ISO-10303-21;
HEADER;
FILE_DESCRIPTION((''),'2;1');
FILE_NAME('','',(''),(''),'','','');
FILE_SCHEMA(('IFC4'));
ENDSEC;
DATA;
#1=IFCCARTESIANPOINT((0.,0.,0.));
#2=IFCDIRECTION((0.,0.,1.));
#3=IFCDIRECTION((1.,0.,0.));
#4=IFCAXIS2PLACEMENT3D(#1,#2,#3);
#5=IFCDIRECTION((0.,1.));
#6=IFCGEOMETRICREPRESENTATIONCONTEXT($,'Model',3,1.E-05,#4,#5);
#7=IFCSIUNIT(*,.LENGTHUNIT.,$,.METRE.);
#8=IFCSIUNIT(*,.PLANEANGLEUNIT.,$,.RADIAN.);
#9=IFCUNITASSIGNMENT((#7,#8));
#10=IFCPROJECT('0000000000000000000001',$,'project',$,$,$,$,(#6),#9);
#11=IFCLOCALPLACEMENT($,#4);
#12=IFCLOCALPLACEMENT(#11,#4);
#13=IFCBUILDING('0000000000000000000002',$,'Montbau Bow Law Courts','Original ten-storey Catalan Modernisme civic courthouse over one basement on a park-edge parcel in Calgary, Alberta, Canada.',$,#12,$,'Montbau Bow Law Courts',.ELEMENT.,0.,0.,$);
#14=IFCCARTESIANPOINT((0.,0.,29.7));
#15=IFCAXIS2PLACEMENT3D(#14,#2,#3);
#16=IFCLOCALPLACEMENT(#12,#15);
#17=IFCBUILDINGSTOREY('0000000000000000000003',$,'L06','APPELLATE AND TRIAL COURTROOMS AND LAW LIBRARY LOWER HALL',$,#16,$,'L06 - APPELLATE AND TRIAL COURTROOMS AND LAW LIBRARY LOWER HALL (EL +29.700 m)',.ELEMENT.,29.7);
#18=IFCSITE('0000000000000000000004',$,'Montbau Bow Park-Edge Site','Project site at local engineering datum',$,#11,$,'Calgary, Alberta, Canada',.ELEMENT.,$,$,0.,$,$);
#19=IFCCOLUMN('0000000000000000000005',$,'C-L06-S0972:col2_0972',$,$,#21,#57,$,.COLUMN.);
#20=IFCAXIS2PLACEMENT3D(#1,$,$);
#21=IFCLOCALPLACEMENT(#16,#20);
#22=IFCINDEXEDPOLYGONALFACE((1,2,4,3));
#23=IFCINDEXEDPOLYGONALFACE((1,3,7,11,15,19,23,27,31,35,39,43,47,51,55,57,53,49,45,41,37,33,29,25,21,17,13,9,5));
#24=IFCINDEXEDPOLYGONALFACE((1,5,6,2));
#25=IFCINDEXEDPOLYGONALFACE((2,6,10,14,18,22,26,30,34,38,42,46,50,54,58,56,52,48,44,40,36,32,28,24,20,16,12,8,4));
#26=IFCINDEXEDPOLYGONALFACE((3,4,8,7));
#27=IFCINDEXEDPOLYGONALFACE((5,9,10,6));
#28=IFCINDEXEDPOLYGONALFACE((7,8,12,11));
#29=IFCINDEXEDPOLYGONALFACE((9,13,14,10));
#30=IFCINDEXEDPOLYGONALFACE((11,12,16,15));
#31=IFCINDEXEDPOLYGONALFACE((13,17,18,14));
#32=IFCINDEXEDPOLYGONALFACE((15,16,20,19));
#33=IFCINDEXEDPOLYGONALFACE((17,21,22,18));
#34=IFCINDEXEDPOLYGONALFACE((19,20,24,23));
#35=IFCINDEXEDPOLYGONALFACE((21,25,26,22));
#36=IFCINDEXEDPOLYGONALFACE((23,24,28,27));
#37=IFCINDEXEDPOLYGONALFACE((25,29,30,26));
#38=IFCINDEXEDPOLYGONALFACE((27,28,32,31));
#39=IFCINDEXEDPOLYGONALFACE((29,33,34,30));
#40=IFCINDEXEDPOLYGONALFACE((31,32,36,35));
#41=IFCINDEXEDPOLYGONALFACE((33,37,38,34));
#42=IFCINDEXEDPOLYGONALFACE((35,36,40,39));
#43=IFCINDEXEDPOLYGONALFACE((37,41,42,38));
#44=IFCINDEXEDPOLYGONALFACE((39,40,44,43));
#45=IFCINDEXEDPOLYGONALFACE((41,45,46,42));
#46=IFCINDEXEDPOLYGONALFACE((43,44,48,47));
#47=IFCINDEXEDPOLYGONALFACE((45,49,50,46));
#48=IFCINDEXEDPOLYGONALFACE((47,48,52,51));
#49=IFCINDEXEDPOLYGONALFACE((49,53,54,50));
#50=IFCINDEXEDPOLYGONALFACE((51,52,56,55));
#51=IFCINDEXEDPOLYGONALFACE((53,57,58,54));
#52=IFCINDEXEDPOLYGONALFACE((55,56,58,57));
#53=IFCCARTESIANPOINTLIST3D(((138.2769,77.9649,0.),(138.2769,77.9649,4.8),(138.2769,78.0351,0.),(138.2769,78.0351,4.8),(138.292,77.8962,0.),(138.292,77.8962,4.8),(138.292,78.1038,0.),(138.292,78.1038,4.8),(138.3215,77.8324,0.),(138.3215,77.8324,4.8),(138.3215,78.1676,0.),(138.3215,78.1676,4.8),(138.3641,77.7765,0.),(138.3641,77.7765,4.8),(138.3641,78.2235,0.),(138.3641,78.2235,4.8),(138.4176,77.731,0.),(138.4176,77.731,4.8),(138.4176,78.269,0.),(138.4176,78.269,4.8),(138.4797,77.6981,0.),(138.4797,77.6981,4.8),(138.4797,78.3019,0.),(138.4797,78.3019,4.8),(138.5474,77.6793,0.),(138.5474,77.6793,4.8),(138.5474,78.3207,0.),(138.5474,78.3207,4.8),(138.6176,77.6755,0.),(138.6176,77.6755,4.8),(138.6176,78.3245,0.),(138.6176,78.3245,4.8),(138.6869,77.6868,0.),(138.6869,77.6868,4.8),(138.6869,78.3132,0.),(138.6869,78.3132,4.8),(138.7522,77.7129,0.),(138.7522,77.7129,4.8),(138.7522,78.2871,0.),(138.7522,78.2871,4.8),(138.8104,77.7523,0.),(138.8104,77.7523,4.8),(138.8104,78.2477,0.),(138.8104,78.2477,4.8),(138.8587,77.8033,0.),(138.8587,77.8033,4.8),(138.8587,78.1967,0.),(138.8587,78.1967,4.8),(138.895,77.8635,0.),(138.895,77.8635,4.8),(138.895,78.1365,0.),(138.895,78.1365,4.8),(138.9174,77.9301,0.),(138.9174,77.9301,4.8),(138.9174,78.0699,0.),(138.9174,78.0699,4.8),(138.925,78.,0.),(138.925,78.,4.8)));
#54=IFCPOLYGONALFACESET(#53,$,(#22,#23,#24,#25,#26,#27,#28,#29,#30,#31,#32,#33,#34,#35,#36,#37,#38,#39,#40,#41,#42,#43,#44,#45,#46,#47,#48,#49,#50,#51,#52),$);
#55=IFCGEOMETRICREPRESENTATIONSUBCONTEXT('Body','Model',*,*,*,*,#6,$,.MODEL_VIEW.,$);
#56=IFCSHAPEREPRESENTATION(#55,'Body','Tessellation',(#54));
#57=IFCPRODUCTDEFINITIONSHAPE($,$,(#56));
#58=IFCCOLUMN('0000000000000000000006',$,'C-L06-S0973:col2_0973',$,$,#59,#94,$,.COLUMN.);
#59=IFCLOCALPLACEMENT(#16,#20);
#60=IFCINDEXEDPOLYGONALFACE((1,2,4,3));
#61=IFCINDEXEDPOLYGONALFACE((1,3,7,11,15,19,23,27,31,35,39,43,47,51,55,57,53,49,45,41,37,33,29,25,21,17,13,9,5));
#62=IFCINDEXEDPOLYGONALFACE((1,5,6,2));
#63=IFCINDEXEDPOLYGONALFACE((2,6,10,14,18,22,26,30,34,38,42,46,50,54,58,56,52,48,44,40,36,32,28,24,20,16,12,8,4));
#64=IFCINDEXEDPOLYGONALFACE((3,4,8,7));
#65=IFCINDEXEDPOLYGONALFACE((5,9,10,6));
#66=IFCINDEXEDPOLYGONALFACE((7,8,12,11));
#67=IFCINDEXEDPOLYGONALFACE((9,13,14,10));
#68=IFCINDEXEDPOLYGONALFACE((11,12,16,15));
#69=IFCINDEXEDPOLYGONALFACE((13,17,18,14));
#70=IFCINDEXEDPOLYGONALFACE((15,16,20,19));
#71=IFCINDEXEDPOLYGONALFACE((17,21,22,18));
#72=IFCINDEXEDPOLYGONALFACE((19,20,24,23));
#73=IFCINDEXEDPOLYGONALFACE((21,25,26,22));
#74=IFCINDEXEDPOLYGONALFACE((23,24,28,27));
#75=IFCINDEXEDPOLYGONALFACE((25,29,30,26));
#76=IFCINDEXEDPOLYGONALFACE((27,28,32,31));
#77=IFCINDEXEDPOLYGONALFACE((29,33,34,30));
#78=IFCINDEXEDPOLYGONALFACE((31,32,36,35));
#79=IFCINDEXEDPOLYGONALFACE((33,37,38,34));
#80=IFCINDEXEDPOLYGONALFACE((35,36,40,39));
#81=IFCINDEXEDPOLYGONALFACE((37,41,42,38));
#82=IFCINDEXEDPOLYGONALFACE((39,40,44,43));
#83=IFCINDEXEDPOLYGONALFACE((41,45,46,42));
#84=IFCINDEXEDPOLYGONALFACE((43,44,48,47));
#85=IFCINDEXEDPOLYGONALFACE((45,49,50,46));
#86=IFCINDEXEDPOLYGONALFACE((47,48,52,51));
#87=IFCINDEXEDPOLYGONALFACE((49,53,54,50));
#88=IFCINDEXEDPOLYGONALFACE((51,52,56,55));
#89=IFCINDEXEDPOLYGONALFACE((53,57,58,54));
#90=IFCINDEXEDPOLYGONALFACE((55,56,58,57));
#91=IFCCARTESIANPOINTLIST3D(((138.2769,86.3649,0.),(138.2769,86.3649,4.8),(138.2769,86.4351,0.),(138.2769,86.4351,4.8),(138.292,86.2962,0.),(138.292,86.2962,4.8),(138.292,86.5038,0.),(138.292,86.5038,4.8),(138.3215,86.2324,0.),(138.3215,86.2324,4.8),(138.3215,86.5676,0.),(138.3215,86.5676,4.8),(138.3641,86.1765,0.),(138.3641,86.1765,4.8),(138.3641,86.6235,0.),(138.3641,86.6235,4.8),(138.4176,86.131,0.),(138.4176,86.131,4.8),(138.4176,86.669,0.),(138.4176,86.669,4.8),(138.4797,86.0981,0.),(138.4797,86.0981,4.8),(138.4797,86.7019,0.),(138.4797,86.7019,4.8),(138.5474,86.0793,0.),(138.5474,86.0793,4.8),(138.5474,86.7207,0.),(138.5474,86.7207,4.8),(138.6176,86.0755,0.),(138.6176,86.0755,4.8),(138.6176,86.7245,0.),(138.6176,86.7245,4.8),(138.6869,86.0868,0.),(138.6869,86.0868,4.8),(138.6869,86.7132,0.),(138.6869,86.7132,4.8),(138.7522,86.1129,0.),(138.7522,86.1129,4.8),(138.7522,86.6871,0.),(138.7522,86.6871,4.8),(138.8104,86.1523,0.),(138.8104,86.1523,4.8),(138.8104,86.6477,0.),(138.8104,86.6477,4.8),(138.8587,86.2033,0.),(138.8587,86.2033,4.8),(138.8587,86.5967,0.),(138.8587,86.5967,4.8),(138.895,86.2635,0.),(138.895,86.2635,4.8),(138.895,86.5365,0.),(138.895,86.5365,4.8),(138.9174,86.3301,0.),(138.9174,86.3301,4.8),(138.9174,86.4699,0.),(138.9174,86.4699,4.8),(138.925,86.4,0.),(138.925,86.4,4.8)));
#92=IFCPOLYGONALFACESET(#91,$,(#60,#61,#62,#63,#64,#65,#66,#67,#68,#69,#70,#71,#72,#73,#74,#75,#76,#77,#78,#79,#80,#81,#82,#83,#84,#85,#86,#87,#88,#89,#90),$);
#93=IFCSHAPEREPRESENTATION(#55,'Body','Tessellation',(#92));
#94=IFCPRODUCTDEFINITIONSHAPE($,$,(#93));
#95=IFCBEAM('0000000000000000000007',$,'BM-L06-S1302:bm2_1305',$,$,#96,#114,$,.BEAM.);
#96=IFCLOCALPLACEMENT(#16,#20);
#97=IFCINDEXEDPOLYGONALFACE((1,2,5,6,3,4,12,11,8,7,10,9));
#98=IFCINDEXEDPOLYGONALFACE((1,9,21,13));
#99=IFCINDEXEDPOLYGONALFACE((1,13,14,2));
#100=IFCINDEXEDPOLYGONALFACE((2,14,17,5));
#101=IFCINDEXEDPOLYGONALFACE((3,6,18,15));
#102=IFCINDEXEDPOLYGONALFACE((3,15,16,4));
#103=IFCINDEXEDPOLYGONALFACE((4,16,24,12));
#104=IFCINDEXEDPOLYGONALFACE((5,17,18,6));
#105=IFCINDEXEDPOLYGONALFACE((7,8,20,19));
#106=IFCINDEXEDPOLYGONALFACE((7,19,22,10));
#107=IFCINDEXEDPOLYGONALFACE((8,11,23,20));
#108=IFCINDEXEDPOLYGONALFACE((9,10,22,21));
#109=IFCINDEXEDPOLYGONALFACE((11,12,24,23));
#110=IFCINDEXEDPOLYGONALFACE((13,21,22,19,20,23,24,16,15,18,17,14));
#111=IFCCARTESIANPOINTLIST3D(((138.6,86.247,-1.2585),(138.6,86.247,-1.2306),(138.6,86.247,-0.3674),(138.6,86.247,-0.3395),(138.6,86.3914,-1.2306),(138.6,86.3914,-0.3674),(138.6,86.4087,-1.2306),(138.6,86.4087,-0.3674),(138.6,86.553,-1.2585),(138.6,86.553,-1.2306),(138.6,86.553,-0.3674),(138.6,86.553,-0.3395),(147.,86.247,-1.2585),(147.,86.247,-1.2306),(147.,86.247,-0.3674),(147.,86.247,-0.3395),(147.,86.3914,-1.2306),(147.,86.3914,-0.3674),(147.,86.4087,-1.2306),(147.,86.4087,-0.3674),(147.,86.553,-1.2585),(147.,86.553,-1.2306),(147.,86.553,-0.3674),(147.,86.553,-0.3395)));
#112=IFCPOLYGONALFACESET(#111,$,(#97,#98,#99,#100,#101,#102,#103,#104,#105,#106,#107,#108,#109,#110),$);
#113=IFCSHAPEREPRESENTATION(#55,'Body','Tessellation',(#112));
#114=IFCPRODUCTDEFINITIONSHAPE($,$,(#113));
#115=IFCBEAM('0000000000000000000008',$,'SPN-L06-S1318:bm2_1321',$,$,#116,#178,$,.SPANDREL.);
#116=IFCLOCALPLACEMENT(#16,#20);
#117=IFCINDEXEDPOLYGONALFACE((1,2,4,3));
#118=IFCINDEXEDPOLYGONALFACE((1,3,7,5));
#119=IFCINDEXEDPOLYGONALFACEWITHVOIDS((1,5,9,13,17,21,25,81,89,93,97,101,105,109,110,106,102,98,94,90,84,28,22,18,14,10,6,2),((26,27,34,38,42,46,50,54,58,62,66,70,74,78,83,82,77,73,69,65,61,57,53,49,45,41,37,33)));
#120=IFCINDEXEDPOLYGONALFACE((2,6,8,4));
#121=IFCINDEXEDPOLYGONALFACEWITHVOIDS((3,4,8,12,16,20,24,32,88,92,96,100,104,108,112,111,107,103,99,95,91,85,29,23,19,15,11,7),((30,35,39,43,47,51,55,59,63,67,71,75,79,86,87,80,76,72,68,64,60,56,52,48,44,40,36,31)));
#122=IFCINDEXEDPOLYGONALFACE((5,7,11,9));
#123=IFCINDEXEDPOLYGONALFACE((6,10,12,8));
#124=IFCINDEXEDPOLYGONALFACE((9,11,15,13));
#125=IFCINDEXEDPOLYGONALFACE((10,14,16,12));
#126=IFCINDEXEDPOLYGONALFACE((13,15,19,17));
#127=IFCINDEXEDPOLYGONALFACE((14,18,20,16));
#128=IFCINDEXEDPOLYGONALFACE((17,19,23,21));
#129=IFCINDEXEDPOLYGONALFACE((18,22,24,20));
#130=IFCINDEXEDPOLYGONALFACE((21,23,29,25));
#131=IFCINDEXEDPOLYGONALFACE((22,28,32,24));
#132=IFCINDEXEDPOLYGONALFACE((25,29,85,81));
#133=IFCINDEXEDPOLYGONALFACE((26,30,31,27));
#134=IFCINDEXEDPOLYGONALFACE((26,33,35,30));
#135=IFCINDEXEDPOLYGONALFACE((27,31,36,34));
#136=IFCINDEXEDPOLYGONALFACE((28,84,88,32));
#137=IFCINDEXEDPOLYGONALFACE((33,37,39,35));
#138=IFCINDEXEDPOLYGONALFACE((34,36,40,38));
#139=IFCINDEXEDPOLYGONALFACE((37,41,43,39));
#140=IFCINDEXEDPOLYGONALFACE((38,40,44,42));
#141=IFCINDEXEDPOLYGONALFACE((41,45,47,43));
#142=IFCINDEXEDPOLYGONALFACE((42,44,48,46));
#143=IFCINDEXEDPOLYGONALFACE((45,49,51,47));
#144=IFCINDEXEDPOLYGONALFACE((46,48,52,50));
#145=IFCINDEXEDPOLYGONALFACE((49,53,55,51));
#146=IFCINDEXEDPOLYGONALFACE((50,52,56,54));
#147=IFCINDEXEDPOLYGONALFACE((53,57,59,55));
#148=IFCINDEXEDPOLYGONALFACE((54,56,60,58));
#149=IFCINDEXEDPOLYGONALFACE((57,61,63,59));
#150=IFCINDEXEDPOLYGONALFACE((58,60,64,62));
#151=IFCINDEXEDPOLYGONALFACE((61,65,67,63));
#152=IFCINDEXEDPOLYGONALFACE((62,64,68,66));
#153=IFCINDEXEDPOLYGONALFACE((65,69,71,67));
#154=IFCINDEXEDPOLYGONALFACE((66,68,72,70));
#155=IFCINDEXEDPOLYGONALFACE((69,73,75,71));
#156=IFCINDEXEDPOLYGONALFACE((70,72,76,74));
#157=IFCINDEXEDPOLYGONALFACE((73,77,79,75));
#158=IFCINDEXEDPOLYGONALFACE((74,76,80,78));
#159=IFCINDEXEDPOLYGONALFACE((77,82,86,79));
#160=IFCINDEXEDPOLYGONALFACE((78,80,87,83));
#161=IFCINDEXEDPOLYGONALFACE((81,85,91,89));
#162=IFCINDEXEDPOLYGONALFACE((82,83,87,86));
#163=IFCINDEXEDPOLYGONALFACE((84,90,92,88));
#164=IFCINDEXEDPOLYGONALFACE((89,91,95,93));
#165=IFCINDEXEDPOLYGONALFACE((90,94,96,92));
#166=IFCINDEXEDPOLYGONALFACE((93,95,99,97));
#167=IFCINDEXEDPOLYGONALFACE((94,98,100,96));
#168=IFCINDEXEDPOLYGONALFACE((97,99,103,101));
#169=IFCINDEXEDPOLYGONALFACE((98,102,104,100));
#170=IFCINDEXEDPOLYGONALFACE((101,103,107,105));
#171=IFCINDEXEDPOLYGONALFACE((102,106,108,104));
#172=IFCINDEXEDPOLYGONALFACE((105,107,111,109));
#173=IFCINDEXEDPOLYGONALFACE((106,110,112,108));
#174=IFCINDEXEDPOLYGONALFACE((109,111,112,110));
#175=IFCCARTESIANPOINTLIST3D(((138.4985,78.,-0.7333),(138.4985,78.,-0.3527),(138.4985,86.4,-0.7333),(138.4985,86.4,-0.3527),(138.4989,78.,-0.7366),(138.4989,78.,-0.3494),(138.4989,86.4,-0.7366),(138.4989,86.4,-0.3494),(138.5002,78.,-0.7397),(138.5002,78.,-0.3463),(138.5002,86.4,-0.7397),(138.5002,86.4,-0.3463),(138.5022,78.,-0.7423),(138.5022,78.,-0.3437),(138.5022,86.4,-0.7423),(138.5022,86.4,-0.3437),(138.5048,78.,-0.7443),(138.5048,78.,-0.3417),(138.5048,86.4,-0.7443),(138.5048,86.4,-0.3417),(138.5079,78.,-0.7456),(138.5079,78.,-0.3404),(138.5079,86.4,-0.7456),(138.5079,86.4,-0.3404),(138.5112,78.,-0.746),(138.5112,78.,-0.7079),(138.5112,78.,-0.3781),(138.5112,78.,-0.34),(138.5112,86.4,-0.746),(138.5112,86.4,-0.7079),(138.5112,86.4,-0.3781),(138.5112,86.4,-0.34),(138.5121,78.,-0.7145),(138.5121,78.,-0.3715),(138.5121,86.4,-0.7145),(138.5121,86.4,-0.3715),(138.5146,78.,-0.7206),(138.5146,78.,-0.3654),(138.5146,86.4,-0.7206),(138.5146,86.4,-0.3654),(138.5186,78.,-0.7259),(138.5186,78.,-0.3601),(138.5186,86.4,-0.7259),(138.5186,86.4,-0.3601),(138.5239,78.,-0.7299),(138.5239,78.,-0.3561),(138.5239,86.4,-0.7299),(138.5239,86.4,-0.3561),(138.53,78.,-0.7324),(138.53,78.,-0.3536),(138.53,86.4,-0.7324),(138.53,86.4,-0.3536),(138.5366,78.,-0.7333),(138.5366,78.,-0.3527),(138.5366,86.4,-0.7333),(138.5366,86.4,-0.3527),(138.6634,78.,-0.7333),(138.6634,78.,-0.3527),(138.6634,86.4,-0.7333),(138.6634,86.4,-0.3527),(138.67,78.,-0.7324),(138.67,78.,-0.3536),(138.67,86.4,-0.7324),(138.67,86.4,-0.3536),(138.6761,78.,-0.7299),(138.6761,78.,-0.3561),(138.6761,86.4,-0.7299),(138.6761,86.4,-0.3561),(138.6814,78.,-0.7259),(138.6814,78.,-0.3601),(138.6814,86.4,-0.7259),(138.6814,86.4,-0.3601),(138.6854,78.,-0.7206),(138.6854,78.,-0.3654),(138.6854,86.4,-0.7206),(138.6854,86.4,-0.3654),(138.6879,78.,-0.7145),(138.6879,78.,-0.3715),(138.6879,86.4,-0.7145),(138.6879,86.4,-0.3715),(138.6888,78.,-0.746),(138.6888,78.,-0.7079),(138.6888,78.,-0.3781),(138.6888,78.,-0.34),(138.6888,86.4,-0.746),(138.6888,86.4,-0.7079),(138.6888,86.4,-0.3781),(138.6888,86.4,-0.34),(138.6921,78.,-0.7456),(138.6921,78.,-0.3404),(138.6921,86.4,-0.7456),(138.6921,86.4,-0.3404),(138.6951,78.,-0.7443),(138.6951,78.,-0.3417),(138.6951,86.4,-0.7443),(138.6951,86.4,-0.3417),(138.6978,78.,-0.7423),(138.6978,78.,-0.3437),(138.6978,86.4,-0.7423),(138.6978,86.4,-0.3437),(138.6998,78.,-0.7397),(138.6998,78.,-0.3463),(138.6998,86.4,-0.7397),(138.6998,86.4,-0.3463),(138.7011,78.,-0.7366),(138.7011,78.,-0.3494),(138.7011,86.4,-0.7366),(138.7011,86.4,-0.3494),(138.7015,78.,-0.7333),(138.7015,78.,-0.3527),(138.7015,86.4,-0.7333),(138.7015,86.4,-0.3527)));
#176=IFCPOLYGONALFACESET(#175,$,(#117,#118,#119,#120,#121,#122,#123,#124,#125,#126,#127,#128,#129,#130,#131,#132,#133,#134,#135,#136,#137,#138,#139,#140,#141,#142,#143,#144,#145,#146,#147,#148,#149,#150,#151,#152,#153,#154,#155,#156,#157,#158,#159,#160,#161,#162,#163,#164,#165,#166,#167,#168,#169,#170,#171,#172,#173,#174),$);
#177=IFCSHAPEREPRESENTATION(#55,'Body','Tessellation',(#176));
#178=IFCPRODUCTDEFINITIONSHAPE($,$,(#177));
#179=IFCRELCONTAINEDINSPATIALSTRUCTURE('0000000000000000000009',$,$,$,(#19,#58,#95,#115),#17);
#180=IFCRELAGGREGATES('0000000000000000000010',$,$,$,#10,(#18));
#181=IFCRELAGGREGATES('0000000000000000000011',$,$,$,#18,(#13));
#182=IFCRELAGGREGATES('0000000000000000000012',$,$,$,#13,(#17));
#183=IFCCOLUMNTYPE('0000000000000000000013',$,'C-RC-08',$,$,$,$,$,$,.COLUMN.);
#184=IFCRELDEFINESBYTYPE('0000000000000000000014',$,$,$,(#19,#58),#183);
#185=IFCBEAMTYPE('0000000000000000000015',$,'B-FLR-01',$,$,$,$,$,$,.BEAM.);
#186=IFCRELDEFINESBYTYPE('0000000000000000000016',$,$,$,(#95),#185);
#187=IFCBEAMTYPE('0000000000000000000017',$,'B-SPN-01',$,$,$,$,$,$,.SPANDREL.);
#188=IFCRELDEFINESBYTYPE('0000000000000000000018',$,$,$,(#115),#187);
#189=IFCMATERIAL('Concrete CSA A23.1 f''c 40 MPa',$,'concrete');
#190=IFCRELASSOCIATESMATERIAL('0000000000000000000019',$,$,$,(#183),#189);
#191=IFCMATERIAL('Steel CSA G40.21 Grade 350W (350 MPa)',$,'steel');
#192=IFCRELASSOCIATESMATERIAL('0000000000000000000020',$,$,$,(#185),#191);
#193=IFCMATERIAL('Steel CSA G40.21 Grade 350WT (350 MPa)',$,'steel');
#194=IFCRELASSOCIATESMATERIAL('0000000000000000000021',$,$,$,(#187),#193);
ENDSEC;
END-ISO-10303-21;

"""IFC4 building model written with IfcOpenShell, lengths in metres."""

from ifc_helpers import new_model, si_unit, direction, frame, origin_with_axes, origin_2d_with_axis, place, context, subcontext, project, spatial, hollow_rectangle, circle, i_section, extrude, material, material_profile, profile_set, type_object, element, save


model = new_model("IFC4")

# Units and contexts
model_context = context("Model", 3, precision=1e-05, world=origin_with_axes(), true_north=direction((0.0, 1.0)))
body_context = subcontext(model_context, "Body", "Model", "MODEL_VIEW")
ifc_project = project(units=[si_unit("LENGTHUNIT", "METRE"), si_unit("PLANEANGLEUNIT", "RADIAN")], contexts=[model_context])

# Site, building, storey
site_placement = place(None, origin_with_axes())
site = spatial("IfcSite", under=ifc_project, at=site_placement, Name="Montbau Bow Park-Edge Site", Description="Project site at local engineering datum", LongName="Calgary, Alberta, Canada", CompositionType="ELEMENT", RefElevation=0.0)
building_placement = place(site_placement, origin_with_axes())
building = spatial("IfcBuilding", under=site, at=building_placement, Name="Montbau Bow Law Courts", Description="Original ten-storey Catalan Modernisme civic courthouse over one basement on a park-edge parcel in Calgary, Alberta, Canada.", LongName="Montbau Bow Law Courts", CompositionType="ELEMENT", ElevationOfRefHeight=0.0, ElevationOfTerrain=0.0)
storey_placement = place(building_placement, frame((0.0, 0.0, 29.7), z_axis=(0.0, 0.0, 1.0), x_axis=(1.0, 0.0, 0.0)))
storey = spatial("IfcBuildingStorey", under=building, at=storey_placement, Name="L06", Description="APPELLATE AND TRIAL COURTROOMS AND LAW LIBRARY LOWER HALL", LongName="L06 - APPELLATE AND TRIAL COURTROOMS AND LAW LIBRARY LOWER HALL (EL +29.700 m)", CompositionType="ELEMENT", Elevation=29.7)

# Columns
ifc_material_1 = material(Name="Concrete CSA A23.1 f'c 40 MPa", Category="concrete")
ifc_material_profile_1 = material_profile(ifc_material_1, circle(Radius=0.325, at=origin_2d_with_axis()), Name="RC650D", Category="Main", Priority=0)
ifc_profile_set_1 = profile_set([ifc_material_profile_1], Name="Concrete CSA A23.1 f'c 40 MPa")
column_type = type_object("IfcColumnType", Name="C-RC-08", PredefinedType="COLUMN", material=ifc_profile_set_1)
for number, where, z_axis, x_axis, name in (
    (1, (138.6, 78.0, 29.7), (0.0, 0.0, 1.0), (1.0, 0.0, 0.0), "C-L06-S0972:col2_0972"),
    (2, (138.6, 86.4, 29.7), (0.0, 0.0, 1.0), (1.0, 0.0, 0.0), "C-L06-S0973:col2_0973"),
):
    element("IfcColumn", number, at=place(None, frame(where, z_axis=z_axis, x_axis=x_axis)), inside=storey, type_object=column_type, Name=name, PredefinedType="COLUMN", context=body_context, shape_type="SweptSolid", body=[
        extrude(circle(Radius=0.325, at=origin_2d_with_axis()), origin_with_axes(), (0.0, 0.0, 1.0), 4.8),
    ])

# Beams
ifc_material_2 = material(Name="Steel CSA G40.21 Grade 350W (350 MPa)", Category="steel")
ifc_material_profile_2 = material_profile(ifc_material_2, i_section(OverallWidth=0.306, OverallDepth=0.919, WebThickness=0.0173, FlangeThickness=0.0279, at=origin_2d_with_axis()), Name="W920X253", Category="Main", Priority=0)
ifc_profile_set_2 = profile_set([ifc_material_profile_2], Name="Steel CSA G40.21 Grade 350W (350 MPa)")
beam_type_1 = type_object("IfcBeamType", Name="B-FLR-01", PredefinedType="BEAM", material=ifc_profile_set_2)
beam_1_placement = place(None, frame((138.6, 86.4, 28.901), z_axis=(1.0, 0.0, 0.0), x_axis=(0.0, 1.0, 0.0)))
element("IfcBeam", 3, at=beam_1_placement, inside=storey, type_object=beam_type_1, Name="BM-L06-S1302:bm2_1305", PredefinedType="BEAM", context=body_context, shape_type="SweptSolid", body=[
    extrude(i_section(OverallWidth=0.306, OverallDepth=0.919, WebThickness=0.0173, FlangeThickness=0.0279, at=origin_2d_with_axis()), origin_with_axes(), (0.0, 0.0, 1.0), 8.4),
])
ifc_material_3 = material(Name="Steel CSA G40.21 Grade 350WT (350 MPa)", Category="steel")
ifc_material_profile_3 = material_profile(ifc_material_3, hollow_rectangle(XDim=0.203, YDim=0.406, WallThickness=0.0127, InnerFilletRadius=0.0254, OuterFilletRadius=0.0127, at=origin_2d_with_axis()), Name="HSS406X203X13", Category="Main", Priority=0)
ifc_profile_set_3 = profile_set([ifc_material_profile_3], Name="Steel CSA G40.21 Grade 350WT (350 MPa)")
beam_type_2 = type_object("IfcBeamType", Name="B-SPN-01", PredefinedType="SPANDREL", material=ifc_profile_set_3)
for number, where, z_axis, x_axis, name in (
    (4, (138.6, 78.0, 29.157), (0.0, 1.0, 0.0), (-1.0, 0.0, 0.0), "SPN-L06-S1318:bm2_1321"),
):
    element("IfcBeam", number, at=place(None, frame(where, z_axis=z_axis, x_axis=x_axis)), inside=storey, type_object=beam_type_2, Name=name, PredefinedType="SPANDREL", context=body_context, shape_type="SweptSolid", body=[
        extrude(hollow_rectangle(XDim=0.203, YDim=0.406, WallThickness=0.0127, InnerFilletRadius=0.0254, OuterFilletRadius=0.0127, at=origin_2d_with_axis()), origin_with_axes(), (0.0, 0.0, 1.0), 8.4),
    ])

save(model, "model.ifc")
